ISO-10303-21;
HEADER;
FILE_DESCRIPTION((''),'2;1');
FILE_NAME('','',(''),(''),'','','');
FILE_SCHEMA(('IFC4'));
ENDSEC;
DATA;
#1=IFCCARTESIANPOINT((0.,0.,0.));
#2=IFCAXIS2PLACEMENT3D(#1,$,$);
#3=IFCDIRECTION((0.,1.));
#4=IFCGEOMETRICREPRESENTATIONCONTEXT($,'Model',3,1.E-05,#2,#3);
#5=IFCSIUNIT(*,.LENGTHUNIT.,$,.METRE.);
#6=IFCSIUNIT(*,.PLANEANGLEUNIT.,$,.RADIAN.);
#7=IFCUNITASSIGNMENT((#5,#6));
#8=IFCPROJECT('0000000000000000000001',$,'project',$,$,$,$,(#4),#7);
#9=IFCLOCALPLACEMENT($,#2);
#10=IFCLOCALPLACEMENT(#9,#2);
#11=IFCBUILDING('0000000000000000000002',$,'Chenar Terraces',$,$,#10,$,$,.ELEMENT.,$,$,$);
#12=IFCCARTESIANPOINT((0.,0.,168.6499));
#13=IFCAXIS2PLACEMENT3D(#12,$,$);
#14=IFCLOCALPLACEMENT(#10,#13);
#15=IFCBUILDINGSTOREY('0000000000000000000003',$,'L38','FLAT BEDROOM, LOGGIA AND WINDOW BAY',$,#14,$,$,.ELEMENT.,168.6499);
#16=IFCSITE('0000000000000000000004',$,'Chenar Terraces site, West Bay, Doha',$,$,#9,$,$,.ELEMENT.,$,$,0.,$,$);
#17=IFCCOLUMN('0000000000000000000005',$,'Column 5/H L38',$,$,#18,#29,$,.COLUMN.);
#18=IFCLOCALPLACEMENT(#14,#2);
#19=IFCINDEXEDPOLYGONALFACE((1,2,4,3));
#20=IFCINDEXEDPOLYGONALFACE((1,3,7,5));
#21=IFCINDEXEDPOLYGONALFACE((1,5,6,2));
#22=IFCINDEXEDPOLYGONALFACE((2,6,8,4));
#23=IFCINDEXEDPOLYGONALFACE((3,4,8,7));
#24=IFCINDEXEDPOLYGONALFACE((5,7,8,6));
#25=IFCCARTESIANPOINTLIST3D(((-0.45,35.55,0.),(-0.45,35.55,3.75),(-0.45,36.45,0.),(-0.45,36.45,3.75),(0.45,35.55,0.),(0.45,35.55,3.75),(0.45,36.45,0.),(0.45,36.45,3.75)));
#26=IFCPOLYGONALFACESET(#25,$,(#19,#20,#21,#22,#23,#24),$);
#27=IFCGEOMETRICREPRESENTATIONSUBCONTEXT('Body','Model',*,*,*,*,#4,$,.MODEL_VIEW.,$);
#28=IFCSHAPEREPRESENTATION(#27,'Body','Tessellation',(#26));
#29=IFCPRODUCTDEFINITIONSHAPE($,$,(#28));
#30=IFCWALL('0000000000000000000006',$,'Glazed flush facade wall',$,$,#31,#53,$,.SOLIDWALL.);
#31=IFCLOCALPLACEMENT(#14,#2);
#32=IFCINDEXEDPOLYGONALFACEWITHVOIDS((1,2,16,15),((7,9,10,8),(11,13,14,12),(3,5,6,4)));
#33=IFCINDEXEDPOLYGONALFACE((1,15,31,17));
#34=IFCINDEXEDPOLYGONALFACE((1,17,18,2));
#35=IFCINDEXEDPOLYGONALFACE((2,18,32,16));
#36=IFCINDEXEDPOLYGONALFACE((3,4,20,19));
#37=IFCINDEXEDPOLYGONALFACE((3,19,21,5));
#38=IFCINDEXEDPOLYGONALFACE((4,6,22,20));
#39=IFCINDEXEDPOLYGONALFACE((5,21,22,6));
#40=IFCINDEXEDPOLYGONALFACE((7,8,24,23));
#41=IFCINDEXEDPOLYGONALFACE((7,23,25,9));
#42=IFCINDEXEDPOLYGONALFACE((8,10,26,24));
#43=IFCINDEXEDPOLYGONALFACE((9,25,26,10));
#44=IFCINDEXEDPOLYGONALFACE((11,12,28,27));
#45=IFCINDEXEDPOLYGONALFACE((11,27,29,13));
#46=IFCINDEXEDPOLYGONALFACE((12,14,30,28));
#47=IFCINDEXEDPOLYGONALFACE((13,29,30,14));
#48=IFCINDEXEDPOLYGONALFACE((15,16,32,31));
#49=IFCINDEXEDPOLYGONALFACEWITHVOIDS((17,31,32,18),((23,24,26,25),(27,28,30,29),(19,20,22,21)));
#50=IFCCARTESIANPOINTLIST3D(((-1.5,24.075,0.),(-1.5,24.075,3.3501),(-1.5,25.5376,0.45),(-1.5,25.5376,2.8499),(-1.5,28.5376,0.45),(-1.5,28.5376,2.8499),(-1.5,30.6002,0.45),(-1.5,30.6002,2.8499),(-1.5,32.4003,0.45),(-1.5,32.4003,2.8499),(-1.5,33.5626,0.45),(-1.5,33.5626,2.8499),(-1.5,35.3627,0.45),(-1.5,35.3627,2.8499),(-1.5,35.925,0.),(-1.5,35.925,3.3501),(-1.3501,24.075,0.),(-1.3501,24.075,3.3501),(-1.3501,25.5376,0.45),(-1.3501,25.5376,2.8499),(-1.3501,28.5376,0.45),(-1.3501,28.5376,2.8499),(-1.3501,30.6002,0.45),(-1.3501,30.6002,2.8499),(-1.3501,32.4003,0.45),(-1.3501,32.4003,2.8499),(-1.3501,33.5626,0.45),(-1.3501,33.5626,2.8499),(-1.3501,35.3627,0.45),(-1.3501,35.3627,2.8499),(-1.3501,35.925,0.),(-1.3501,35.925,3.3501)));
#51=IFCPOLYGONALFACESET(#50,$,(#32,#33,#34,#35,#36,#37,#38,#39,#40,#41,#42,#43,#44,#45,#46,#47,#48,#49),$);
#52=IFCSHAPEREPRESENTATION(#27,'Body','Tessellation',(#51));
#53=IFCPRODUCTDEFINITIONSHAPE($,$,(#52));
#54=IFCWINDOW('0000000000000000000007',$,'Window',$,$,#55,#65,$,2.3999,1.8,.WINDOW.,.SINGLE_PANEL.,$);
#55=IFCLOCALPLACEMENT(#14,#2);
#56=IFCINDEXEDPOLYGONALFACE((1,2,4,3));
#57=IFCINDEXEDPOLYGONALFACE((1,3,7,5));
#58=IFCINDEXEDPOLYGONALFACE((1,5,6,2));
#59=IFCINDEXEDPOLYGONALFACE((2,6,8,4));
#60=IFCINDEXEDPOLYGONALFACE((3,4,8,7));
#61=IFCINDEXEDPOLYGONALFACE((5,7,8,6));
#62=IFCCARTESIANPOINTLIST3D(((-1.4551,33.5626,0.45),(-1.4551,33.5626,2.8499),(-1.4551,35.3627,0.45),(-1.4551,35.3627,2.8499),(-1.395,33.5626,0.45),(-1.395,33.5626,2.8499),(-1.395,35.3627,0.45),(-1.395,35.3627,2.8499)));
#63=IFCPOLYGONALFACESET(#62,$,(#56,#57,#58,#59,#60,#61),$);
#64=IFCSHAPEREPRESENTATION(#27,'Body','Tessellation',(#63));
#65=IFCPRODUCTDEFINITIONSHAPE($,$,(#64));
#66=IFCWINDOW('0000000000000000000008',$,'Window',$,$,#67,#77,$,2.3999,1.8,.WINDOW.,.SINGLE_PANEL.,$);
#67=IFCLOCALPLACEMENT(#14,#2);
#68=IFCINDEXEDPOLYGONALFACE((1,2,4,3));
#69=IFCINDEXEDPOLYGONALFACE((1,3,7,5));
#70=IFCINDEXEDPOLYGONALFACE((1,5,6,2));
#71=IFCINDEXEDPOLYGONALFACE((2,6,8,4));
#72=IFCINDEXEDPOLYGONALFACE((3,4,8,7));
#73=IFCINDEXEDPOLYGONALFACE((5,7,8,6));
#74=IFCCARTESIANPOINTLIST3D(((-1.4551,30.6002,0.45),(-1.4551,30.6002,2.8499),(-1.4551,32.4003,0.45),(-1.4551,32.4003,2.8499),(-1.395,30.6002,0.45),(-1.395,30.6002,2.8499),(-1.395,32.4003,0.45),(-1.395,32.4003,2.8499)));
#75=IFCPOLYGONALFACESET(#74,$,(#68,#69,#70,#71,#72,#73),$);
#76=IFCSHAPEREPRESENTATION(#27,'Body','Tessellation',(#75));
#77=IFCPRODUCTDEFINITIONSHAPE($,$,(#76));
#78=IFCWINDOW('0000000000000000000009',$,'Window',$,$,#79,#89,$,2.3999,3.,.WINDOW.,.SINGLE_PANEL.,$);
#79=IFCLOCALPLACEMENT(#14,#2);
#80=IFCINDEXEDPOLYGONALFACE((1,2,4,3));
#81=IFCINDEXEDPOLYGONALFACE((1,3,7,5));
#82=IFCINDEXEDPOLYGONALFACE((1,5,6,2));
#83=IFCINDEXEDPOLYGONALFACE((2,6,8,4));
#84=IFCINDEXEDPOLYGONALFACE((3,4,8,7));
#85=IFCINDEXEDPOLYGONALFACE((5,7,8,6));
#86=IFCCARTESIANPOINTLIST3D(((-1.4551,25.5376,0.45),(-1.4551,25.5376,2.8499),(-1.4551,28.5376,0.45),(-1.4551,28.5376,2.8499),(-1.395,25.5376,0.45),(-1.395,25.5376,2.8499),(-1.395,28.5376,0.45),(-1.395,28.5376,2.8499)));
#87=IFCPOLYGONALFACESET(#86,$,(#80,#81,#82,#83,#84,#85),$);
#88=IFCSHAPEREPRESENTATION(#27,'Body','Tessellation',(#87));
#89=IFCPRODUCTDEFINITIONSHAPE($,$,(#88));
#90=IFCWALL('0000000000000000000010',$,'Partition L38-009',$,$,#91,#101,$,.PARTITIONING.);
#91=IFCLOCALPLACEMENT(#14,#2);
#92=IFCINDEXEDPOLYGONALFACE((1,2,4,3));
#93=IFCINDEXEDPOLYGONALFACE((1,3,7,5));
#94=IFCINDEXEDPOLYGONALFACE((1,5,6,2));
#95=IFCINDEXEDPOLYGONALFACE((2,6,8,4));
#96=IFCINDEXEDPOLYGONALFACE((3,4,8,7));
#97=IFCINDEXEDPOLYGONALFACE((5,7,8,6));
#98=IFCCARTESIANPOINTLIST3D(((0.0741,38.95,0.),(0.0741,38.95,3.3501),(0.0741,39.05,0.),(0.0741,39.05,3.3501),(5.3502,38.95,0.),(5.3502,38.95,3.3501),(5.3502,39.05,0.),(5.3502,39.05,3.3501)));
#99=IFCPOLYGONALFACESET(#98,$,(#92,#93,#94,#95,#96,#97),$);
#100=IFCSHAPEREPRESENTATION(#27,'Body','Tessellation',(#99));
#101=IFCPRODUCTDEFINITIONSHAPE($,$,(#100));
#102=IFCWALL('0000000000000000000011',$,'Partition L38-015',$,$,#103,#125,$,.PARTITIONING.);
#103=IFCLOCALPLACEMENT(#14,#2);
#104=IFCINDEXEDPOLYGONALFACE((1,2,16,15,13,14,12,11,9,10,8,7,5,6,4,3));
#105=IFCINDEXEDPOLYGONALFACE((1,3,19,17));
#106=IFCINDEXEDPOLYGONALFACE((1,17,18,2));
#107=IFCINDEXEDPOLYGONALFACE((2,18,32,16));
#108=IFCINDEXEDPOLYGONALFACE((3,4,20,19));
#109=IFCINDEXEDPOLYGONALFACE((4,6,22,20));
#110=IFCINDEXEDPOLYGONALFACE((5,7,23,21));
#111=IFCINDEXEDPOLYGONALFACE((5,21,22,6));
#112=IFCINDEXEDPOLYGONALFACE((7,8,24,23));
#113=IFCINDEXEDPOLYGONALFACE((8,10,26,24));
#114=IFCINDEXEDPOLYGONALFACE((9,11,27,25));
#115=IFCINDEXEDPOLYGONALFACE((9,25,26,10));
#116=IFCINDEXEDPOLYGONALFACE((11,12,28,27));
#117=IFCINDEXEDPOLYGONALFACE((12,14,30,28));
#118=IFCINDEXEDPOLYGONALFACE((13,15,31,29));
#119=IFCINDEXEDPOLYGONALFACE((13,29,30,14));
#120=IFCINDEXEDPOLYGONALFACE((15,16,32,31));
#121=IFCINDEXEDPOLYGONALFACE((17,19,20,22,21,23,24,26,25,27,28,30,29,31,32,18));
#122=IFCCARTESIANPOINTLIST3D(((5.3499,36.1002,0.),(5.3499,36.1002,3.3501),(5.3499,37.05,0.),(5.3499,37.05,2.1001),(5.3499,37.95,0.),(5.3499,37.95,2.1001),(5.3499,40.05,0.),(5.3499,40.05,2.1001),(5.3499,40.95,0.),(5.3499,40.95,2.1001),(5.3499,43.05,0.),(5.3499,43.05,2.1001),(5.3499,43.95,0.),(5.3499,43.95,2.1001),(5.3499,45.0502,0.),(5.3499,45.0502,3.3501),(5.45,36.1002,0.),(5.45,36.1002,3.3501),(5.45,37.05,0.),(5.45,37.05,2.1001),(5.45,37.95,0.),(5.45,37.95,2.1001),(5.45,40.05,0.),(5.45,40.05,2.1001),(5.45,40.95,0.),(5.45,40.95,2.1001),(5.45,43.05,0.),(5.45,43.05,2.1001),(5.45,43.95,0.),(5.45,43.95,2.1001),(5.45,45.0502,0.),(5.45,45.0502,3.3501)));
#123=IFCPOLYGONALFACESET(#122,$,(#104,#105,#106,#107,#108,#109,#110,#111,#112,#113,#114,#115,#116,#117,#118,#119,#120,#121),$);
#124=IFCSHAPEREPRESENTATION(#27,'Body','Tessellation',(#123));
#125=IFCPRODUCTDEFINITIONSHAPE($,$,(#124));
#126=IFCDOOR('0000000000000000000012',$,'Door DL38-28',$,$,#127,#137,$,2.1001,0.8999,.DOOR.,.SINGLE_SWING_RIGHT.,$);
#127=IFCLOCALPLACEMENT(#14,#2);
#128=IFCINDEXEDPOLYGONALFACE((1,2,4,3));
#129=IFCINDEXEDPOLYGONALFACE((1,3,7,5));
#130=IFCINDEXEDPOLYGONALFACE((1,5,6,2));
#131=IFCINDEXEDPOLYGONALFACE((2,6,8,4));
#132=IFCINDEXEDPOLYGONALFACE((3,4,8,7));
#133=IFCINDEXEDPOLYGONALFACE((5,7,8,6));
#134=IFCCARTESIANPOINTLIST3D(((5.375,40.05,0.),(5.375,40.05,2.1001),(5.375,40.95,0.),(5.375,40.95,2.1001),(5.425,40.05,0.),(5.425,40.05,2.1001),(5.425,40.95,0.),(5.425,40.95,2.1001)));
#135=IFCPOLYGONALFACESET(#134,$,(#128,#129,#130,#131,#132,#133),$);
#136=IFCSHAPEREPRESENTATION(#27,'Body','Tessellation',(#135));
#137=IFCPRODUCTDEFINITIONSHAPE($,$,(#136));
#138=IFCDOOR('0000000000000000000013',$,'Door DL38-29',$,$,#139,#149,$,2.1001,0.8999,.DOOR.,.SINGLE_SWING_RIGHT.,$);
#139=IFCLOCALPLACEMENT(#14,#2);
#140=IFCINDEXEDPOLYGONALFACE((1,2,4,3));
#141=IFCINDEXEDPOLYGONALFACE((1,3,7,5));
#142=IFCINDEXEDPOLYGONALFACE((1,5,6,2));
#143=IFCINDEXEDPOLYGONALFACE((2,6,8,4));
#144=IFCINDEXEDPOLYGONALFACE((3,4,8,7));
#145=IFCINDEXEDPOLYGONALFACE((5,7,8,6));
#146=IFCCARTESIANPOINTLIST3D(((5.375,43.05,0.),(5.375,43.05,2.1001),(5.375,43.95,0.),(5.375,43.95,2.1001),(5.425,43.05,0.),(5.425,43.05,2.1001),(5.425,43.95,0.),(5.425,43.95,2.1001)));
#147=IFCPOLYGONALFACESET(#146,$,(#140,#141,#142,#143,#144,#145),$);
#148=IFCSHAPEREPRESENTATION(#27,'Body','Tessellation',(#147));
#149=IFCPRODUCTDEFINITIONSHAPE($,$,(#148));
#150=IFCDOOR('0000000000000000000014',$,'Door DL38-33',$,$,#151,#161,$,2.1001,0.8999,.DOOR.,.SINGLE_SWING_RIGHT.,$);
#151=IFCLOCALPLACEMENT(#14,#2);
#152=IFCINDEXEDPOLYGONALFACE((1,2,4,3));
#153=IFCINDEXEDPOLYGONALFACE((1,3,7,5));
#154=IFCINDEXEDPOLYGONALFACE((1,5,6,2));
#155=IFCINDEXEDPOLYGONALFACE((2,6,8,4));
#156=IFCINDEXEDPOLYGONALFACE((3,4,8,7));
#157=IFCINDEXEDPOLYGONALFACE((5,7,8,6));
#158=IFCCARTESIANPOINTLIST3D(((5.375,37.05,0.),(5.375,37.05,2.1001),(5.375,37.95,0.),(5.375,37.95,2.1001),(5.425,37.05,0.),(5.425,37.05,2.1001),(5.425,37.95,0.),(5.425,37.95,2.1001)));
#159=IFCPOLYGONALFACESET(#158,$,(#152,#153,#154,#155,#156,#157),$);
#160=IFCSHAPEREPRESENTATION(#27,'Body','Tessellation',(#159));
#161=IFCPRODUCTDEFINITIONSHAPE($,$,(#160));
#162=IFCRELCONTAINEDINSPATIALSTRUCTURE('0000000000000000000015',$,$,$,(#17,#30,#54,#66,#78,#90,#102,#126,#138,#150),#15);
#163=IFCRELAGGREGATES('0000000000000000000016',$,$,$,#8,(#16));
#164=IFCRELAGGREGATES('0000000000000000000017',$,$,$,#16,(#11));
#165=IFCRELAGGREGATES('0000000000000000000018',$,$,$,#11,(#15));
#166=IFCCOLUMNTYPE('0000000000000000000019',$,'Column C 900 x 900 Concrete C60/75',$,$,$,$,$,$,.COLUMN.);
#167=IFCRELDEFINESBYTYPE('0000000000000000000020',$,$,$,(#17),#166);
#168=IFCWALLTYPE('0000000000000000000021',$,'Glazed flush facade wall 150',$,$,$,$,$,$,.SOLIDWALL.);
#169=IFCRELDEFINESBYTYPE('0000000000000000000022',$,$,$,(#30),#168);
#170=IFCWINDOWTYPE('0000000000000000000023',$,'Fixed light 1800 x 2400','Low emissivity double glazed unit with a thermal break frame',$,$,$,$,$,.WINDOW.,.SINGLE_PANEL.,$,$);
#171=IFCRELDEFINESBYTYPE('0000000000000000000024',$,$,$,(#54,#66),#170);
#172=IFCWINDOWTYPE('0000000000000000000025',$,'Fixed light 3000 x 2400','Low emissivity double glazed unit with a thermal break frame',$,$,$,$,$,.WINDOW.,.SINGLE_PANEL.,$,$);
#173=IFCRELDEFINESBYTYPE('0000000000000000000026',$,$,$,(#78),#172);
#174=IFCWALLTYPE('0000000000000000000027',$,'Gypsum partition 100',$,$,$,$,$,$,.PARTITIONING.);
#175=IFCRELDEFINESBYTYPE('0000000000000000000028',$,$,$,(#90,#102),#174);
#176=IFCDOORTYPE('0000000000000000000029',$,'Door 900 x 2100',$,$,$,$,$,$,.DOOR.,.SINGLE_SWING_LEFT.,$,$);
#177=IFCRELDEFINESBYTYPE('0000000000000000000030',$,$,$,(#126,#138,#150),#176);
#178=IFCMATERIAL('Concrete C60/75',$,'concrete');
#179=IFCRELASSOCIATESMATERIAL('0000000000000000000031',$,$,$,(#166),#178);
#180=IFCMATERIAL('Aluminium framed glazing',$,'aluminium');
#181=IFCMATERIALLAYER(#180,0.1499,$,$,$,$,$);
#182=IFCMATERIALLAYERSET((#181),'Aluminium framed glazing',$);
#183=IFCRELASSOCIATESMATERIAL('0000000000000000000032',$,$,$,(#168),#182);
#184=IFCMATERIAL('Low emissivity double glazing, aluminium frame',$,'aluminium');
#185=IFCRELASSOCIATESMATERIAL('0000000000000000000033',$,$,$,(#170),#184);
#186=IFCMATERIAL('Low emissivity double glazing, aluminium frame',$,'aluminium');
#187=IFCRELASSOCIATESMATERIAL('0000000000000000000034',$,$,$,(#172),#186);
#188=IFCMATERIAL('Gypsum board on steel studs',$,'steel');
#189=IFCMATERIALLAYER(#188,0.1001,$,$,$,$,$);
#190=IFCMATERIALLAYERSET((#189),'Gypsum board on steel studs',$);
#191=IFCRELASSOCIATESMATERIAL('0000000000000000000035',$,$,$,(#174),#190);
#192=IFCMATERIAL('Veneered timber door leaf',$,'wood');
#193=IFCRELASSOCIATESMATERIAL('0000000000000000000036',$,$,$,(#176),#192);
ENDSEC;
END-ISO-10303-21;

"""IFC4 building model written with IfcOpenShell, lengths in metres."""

from ifc_helpers import new_model, si_unit, direction, frame, frame_2d, origin, origin_2d, place, context, subcontext, project, spatial, rectangle, extrude, material, layer, layer_set, material_profile, profile_set, type_object, element, fill, save


model = new_model("IFC4")

# Units and contexts
model_context = context("Model", 3, precision=1e-05, world=origin(), true_north=direction((0.0, 1.0)))
body_context = subcontext(model_context, "Body", "Model", "MODEL_VIEW")
ifc_project = project(units=[si_unit("LENGTHUNIT", "METRE"), si_unit("PLANEANGLEUNIT", "RADIAN")], contexts=[model_context])

# Site, building, storey
site_placement = place(None, origin())
site = spatial("IfcSite", under=ifc_project, at=site_placement, Name="Chenar Terraces site, West Bay, Doha", CompositionType="ELEMENT", RefElevation=0.0)
building_placement = place(site_placement, origin())
building = spatial("IfcBuilding", under=site, at=building_placement, Name="Chenar Terraces", CompositionType="ELEMENT")
storey_placement = place(building_placement, frame((0.0, 0.0, 168.6499)))
storey = spatial("IfcBuildingStorey", under=building, at=storey_placement, Name="L38", Description="FLAT BEDROOM, LOGGIA AND WINDOW BAY", CompositionType="ELEMENT", Elevation=168.6499)

# Column
ifc_material_1 = material(Name="Concrete C60/75", Category="concrete")
ifc_material_profile = material_profile(ifc_material_1, rectangle(XDim=0.8999, YDim=0.8999, at=origin_2d()), Name="C 900 x 900")
ifc_profile_set = profile_set([ifc_material_profile], Name="Concrete C60/75")
column_type = type_object("IfcColumnType", Name="Column C 900 x 900 Concrete C60/75", PredefinedType="COLUMN", material=ifc_profile_set)
placement = place(storey_placement, frame((0.0, 36.0, 0.0), z_axis=(0.0, 0.0, 1.0), x_axis=(1.0, 0.0, 0.0)))
element("IfcColumn", 1, at=placement, inside=storey, type_object=column_type, Name="Column 5/H L38", PredefinedType="COLUMN", context=body_context, shape_type="SweptSolid", body=[
    extrude(rectangle(XDim=0.8999, YDim=0.8999, at=origin_2d()), origin(), (0.0, 0.0, 1.0), 3.75),
])

# Wall, openings, windows
ifc_material_2 = material(Name="Aluminium framed glazing", Category="aluminium")
ifc_layer_1 = layer(ifc_material_2, 0.1499)
ifc_layer_set_1 = layer_set([ifc_layer_1], Name="Aluminium framed glazing")
wall_type_1 = type_object("IfcWallType", Name="Glazed flush facade wall 150", PredefinedType="SOLIDWALL", material=ifc_layer_set_1)
wall_1_placement = place(storey_placement, frame((-1.425, 35.925, 0.0), z_axis=(0.0, 0.0, 1.0), x_axis=(0.0, -1.0, 0.0)))
wall_1 = element("IfcWall", 2, at=wall_1_placement, inside=storey, type_object=wall_type_1, Name="Glazed flush facade wall", PredefinedType="SOLIDWALL", context=body_context, shape_type="SweptSolid", body=[
    extrude(rectangle(XDim=11.8501, YDim=0.1499, at=frame_2d((5.925, 0.0))), origin(), (0.0, 0.0, 1.0), 3.3501),
])
opening_1_placement = place(wall_1_placement, frame((0.5625, 0.0, 0.45)))
opening_1 = element("IfcOpeningElement", 3, at=opening_1_placement, cuts=wall_1, PredefinedType="OPENING", context=body_context, shape_type="SweptSolid", body=[
    extrude(rectangle(XDim=1.8, YDim=2.3999, at=frame_2d((0.8999, 1.2))), frame((0.0, 0.085, 0.0), z_axis=(0.0, -1.0, 0.0), x_axis=(1.0, 0.0, 0.0)), (0.0, 0.0, 1.0), 0.1699),
])
opening_2_placement = place(wall_1_placement, frame((3.5249, 0.0, 0.45)))
opening_2 = element("IfcOpeningElement", 4, at=opening_2_placement, cuts=wall_1, PredefinedType="OPENING", context=body_context, shape_type="SweptSolid", body=[
    extrude(rectangle(XDim=1.8, YDim=2.3999, at=frame_2d((0.8999, 1.2))), frame((0.0, 0.085, 0.0), z_axis=(0.0, -1.0, 0.0), x_axis=(1.0, 0.0, 0.0)), (0.0, 0.0, 1.0), 0.1699),
])
opening_3_placement = place(wall_1_placement, frame((7.3875, 0.0, 0.45)))
opening_3 = element("IfcOpeningElement", 5, at=opening_3_placement, cuts=wall_1, PredefinedType="OPENING", context=body_context, shape_type="SweptSolid", body=[
    extrude(rectangle(XDim=3.0, YDim=2.3999, at=frame_2d((1.5, 1.2))), frame((0.0, 0.085, 0.0), z_axis=(0.0, -1.0, 0.0), x_axis=(1.0, 0.0, 0.0)), (0.0, 0.0, 1.0), 0.1699),
])
ifc_material_3 = material(Name="Low emissivity double glazing, aluminium frame", Category="aluminium")
window_type_1 = type_object("IfcWindowType", Name="Fixed light 1800 x 2400", Description="Low emissivity double glazed unit with a thermal break frame", PartitioningType="SINGLE_PANEL", PredefinedType="WINDOW", material=ifc_material_3)
window_1_placement = place(opening_1_placement, origin())
window_1 = element("IfcWindow", 6, at=window_1_placement, inside=storey, type_object=window_type_1, Name="Window", OverallHeight=2.3999, OverallWidth=1.8, PartitioningType="SINGLE_PANEL", PredefinedType="WINDOW", context=body_context, shape_type="SweptSolid", body=[
    extrude(rectangle(XDim=1.8, YDim=2.3999, at=frame_2d((0.8999, 1.2))), frame((0.0, 0.03, 0.0), z_axis=(0.0, -1.0, 0.0), x_axis=(1.0, 0.0, 0.0)), (0.0, 0.0, 1.0), 0.0601),
])
fill(opening_1, window_1)
window_2_placement = place(opening_2_placement, origin())
window_2 = element("IfcWindow", 7, at=window_2_placement, inside=storey, type_object=window_type_1, Name="Window", OverallHeight=2.3999, OverallWidth=1.8, PartitioningType="SINGLE_PANEL", PredefinedType="WINDOW", context=body_context, shape_type="SweptSolid", body=[
    extrude(rectangle(XDim=1.8, YDim=2.3999, at=frame_2d((0.8999, 1.2))), frame((0.0, 0.03, 0.0), z_axis=(0.0, -1.0, 0.0), x_axis=(1.0, 0.0, 0.0)), (0.0, 0.0, 1.0), 0.0601),
])
fill(opening_2, window_2)
ifc_material_4 = material(Name="Low emissivity double glazing, aluminium frame", Category="aluminium")
window_type_2 = type_object("IfcWindowType", Name="Fixed light 3000 x 2400", Description="Low emissivity double glazed unit with a thermal break frame", PartitioningType="SINGLE_PANEL", PredefinedType="WINDOW", material=ifc_material_4)
window_3_placement = place(opening_3_placement, origin())
window_3 = element("IfcWindow", 8, at=window_3_placement, inside=storey, type_object=window_type_2, Name="Window", OverallHeight=2.3999, OverallWidth=3.0, PartitioningType="SINGLE_PANEL", PredefinedType="WINDOW", context=body_context, shape_type="SweptSolid", body=[
    extrude(rectangle(XDim=3.0, YDim=2.3999, at=frame_2d((1.5, 1.2))), frame((0.0, 0.03, 0.0), z_axis=(0.0, -1.0, 0.0), x_axis=(1.0, 0.0, 0.0)), (0.0, 0.0, 1.0), 0.0601),
])
fill(opening_3, window_3)

# Wall
ifc_material_5 = material(Name="Gypsum board on steel studs", Category="steel")
ifc_layer_2 = layer(ifc_material_5, 0.1001)
ifc_layer_set_2 = layer_set([ifc_layer_2], Name="Gypsum board on steel studs")
wall_type_2 = type_object("IfcWallType", Name="Gypsum partition 100", PredefinedType="PARTITIONING", material=ifc_layer_set_2)
wall_2_placement = place(storey_placement, frame((0.074, 39.0, 0.0), z_axis=(0.0, 0.0, 1.0), x_axis=(1.0, 0.0, 0.0)))
element("IfcWall", 9, at=wall_2_placement, inside=storey, type_object=wall_type_2, Name="Partition L38-009", PredefinedType="PARTITIONING", context=body_context, shape_type="SweptSolid", body=[
    extrude(rectangle(XDim=5.2761, YDim=0.1001, at=frame_2d((2.6382, 0.0))), origin(), (0.0, 0.0, 1.0), 3.3501),
])

# Wall, openings, doors
wall_3_placement = place(storey_placement, frame((5.3999, 36.1001, 0.0), z_axis=(0.0, 0.0, 1.0), x_axis=(0.0, 1.0, 0.0)))
wall_3 = element("IfcWall", 10, at=wall_3_placement, inside=storey, type_object=wall_type_2, Name="Partition L38-015", PredefinedType="PARTITIONING", context=body_context, shape_type="SweptSolid", body=[
    extrude(rectangle(XDim=8.95, YDim=0.1001, at=frame_2d((4.4751, 0.0))), origin(), (0.0, 0.0, 1.0), 3.3501),
])
opening_4_placement = place(wall_3_placement, frame((3.95, 0.0, 0.0)))
opening_4 = element("IfcOpeningElement", 11, at=opening_4_placement, cuts=wall_3, PredefinedType="OPENING", context=body_context, shape_type="SweptSolid", body=[
    extrude(rectangle(XDim=0.8999, YDim=2.1001, at=frame_2d((0.45, 1.05))), frame((0.0, 0.0601, 0.0), z_axis=(0.0, -1.0, 0.0), x_axis=(1.0, 0.0, 0.0)), (0.0, 0.0, 1.0), 0.1201),
])
opening_5_placement = place(wall_3_placement, frame((6.95, 0.0, 0.0)))
opening_5 = element("IfcOpeningElement", 12, at=opening_5_placement, cuts=wall_3, PredefinedType="OPENING", context=body_context, shape_type="SweptSolid", body=[
    extrude(rectangle(XDim=0.8999, YDim=2.1001, at=frame_2d((0.45, 1.05))), frame((0.0, 0.0601, 0.0), z_axis=(0.0, -1.0, 0.0), x_axis=(1.0, 0.0, 0.0)), (0.0, 0.0, 1.0), 0.1201),
])
opening_6_placement = place(wall_3_placement, frame((0.95, 0.0, 0.0)))
opening_6 = element("IfcOpeningElement", 13, at=opening_6_placement, cuts=wall_3, PredefinedType="OPENING", context=body_context, shape_type="SweptSolid", body=[
    extrude(rectangle(XDim=0.8999, YDim=2.1001, at=frame_2d((0.45, 1.05))), frame((0.0, 0.0601, 0.0), z_axis=(0.0, -1.0, 0.0), x_axis=(1.0, 0.0, 0.0)), (0.0, 0.0, 1.0), 0.1201),
])
ifc_material_6 = material(Name="Veneered timber door leaf", Category="wood")
door_type_1 = type_object("IfcDoorType", Name="Door 900 x 2100", OperationType="SINGLE_SWING_LEFT", PredefinedType="DOOR", material=ifc_material_6)
door_1_placement = place(opening_4_placement, origin())
door_1 = element("IfcDoor", 14, at=door_1_placement, inside=storey, type_object=door_type_1, Name="Door DL38-28", OperationType="SINGLE_SWING_RIGHT", OverallHeight=2.1001, OverallWidth=0.8999, PredefinedType="DOOR", context=body_context, shape_type="SweptSolid", body=[
    extrude(rectangle(XDim=0.8999, YDim=2.1001, at=frame_2d((0.45, 1.05))), frame((0.0, 0.0249, 0.0), z_axis=(0.0, -1.0, 0.0), x_axis=(1.0, 0.0, 0.0)), (0.0, 0.0, 1.0), 0.05),
])
fill(opening_4, door_1)
door_2_placement = place(opening_5_placement, origin())
door_2 = element("IfcDoor", 15, at=door_2_placement, inside=storey, type_object=door_type_1, Name="Door DL38-29", OperationType="SINGLE_SWING_RIGHT", OverallHeight=2.1001, OverallWidth=0.8999, PredefinedType="DOOR", context=body_context, shape_type="SweptSolid", body=[
    extrude(rectangle(XDim=0.8999, YDim=2.1001, at=frame_2d((0.45, 1.05))), frame((0.0, 0.0249, 0.0), z_axis=(0.0, -1.0, 0.0), x_axis=(1.0, 0.0, 0.0)), (0.0, 0.0, 1.0), 0.05),
])
fill(opening_5, door_2)
door_3_placement = place(opening_6_placement, origin())
door_3 = element("IfcDoor", 16, at=door_3_placement, inside=storey, type_object=door_type_1, Name="Door DL38-33", OperationType="SINGLE_SWING_RIGHT", OverallHeight=2.1001, OverallWidth=0.8999, PredefinedType="DOOR", context=body_context, shape_type="SweptSolid", body=[
    extrude(rectangle(XDim=0.8999, YDim=2.1001, at=frame_2d((0.45, 1.05))), frame((0.0, 0.0249, 0.0), z_axis=(0.0, -1.0, 0.0), x_axis=(1.0, 0.0, 0.0)), (0.0, 0.0, 1.0), 0.05),
])
fill(opening_6, door_3)

save(model, "model.ifc")
